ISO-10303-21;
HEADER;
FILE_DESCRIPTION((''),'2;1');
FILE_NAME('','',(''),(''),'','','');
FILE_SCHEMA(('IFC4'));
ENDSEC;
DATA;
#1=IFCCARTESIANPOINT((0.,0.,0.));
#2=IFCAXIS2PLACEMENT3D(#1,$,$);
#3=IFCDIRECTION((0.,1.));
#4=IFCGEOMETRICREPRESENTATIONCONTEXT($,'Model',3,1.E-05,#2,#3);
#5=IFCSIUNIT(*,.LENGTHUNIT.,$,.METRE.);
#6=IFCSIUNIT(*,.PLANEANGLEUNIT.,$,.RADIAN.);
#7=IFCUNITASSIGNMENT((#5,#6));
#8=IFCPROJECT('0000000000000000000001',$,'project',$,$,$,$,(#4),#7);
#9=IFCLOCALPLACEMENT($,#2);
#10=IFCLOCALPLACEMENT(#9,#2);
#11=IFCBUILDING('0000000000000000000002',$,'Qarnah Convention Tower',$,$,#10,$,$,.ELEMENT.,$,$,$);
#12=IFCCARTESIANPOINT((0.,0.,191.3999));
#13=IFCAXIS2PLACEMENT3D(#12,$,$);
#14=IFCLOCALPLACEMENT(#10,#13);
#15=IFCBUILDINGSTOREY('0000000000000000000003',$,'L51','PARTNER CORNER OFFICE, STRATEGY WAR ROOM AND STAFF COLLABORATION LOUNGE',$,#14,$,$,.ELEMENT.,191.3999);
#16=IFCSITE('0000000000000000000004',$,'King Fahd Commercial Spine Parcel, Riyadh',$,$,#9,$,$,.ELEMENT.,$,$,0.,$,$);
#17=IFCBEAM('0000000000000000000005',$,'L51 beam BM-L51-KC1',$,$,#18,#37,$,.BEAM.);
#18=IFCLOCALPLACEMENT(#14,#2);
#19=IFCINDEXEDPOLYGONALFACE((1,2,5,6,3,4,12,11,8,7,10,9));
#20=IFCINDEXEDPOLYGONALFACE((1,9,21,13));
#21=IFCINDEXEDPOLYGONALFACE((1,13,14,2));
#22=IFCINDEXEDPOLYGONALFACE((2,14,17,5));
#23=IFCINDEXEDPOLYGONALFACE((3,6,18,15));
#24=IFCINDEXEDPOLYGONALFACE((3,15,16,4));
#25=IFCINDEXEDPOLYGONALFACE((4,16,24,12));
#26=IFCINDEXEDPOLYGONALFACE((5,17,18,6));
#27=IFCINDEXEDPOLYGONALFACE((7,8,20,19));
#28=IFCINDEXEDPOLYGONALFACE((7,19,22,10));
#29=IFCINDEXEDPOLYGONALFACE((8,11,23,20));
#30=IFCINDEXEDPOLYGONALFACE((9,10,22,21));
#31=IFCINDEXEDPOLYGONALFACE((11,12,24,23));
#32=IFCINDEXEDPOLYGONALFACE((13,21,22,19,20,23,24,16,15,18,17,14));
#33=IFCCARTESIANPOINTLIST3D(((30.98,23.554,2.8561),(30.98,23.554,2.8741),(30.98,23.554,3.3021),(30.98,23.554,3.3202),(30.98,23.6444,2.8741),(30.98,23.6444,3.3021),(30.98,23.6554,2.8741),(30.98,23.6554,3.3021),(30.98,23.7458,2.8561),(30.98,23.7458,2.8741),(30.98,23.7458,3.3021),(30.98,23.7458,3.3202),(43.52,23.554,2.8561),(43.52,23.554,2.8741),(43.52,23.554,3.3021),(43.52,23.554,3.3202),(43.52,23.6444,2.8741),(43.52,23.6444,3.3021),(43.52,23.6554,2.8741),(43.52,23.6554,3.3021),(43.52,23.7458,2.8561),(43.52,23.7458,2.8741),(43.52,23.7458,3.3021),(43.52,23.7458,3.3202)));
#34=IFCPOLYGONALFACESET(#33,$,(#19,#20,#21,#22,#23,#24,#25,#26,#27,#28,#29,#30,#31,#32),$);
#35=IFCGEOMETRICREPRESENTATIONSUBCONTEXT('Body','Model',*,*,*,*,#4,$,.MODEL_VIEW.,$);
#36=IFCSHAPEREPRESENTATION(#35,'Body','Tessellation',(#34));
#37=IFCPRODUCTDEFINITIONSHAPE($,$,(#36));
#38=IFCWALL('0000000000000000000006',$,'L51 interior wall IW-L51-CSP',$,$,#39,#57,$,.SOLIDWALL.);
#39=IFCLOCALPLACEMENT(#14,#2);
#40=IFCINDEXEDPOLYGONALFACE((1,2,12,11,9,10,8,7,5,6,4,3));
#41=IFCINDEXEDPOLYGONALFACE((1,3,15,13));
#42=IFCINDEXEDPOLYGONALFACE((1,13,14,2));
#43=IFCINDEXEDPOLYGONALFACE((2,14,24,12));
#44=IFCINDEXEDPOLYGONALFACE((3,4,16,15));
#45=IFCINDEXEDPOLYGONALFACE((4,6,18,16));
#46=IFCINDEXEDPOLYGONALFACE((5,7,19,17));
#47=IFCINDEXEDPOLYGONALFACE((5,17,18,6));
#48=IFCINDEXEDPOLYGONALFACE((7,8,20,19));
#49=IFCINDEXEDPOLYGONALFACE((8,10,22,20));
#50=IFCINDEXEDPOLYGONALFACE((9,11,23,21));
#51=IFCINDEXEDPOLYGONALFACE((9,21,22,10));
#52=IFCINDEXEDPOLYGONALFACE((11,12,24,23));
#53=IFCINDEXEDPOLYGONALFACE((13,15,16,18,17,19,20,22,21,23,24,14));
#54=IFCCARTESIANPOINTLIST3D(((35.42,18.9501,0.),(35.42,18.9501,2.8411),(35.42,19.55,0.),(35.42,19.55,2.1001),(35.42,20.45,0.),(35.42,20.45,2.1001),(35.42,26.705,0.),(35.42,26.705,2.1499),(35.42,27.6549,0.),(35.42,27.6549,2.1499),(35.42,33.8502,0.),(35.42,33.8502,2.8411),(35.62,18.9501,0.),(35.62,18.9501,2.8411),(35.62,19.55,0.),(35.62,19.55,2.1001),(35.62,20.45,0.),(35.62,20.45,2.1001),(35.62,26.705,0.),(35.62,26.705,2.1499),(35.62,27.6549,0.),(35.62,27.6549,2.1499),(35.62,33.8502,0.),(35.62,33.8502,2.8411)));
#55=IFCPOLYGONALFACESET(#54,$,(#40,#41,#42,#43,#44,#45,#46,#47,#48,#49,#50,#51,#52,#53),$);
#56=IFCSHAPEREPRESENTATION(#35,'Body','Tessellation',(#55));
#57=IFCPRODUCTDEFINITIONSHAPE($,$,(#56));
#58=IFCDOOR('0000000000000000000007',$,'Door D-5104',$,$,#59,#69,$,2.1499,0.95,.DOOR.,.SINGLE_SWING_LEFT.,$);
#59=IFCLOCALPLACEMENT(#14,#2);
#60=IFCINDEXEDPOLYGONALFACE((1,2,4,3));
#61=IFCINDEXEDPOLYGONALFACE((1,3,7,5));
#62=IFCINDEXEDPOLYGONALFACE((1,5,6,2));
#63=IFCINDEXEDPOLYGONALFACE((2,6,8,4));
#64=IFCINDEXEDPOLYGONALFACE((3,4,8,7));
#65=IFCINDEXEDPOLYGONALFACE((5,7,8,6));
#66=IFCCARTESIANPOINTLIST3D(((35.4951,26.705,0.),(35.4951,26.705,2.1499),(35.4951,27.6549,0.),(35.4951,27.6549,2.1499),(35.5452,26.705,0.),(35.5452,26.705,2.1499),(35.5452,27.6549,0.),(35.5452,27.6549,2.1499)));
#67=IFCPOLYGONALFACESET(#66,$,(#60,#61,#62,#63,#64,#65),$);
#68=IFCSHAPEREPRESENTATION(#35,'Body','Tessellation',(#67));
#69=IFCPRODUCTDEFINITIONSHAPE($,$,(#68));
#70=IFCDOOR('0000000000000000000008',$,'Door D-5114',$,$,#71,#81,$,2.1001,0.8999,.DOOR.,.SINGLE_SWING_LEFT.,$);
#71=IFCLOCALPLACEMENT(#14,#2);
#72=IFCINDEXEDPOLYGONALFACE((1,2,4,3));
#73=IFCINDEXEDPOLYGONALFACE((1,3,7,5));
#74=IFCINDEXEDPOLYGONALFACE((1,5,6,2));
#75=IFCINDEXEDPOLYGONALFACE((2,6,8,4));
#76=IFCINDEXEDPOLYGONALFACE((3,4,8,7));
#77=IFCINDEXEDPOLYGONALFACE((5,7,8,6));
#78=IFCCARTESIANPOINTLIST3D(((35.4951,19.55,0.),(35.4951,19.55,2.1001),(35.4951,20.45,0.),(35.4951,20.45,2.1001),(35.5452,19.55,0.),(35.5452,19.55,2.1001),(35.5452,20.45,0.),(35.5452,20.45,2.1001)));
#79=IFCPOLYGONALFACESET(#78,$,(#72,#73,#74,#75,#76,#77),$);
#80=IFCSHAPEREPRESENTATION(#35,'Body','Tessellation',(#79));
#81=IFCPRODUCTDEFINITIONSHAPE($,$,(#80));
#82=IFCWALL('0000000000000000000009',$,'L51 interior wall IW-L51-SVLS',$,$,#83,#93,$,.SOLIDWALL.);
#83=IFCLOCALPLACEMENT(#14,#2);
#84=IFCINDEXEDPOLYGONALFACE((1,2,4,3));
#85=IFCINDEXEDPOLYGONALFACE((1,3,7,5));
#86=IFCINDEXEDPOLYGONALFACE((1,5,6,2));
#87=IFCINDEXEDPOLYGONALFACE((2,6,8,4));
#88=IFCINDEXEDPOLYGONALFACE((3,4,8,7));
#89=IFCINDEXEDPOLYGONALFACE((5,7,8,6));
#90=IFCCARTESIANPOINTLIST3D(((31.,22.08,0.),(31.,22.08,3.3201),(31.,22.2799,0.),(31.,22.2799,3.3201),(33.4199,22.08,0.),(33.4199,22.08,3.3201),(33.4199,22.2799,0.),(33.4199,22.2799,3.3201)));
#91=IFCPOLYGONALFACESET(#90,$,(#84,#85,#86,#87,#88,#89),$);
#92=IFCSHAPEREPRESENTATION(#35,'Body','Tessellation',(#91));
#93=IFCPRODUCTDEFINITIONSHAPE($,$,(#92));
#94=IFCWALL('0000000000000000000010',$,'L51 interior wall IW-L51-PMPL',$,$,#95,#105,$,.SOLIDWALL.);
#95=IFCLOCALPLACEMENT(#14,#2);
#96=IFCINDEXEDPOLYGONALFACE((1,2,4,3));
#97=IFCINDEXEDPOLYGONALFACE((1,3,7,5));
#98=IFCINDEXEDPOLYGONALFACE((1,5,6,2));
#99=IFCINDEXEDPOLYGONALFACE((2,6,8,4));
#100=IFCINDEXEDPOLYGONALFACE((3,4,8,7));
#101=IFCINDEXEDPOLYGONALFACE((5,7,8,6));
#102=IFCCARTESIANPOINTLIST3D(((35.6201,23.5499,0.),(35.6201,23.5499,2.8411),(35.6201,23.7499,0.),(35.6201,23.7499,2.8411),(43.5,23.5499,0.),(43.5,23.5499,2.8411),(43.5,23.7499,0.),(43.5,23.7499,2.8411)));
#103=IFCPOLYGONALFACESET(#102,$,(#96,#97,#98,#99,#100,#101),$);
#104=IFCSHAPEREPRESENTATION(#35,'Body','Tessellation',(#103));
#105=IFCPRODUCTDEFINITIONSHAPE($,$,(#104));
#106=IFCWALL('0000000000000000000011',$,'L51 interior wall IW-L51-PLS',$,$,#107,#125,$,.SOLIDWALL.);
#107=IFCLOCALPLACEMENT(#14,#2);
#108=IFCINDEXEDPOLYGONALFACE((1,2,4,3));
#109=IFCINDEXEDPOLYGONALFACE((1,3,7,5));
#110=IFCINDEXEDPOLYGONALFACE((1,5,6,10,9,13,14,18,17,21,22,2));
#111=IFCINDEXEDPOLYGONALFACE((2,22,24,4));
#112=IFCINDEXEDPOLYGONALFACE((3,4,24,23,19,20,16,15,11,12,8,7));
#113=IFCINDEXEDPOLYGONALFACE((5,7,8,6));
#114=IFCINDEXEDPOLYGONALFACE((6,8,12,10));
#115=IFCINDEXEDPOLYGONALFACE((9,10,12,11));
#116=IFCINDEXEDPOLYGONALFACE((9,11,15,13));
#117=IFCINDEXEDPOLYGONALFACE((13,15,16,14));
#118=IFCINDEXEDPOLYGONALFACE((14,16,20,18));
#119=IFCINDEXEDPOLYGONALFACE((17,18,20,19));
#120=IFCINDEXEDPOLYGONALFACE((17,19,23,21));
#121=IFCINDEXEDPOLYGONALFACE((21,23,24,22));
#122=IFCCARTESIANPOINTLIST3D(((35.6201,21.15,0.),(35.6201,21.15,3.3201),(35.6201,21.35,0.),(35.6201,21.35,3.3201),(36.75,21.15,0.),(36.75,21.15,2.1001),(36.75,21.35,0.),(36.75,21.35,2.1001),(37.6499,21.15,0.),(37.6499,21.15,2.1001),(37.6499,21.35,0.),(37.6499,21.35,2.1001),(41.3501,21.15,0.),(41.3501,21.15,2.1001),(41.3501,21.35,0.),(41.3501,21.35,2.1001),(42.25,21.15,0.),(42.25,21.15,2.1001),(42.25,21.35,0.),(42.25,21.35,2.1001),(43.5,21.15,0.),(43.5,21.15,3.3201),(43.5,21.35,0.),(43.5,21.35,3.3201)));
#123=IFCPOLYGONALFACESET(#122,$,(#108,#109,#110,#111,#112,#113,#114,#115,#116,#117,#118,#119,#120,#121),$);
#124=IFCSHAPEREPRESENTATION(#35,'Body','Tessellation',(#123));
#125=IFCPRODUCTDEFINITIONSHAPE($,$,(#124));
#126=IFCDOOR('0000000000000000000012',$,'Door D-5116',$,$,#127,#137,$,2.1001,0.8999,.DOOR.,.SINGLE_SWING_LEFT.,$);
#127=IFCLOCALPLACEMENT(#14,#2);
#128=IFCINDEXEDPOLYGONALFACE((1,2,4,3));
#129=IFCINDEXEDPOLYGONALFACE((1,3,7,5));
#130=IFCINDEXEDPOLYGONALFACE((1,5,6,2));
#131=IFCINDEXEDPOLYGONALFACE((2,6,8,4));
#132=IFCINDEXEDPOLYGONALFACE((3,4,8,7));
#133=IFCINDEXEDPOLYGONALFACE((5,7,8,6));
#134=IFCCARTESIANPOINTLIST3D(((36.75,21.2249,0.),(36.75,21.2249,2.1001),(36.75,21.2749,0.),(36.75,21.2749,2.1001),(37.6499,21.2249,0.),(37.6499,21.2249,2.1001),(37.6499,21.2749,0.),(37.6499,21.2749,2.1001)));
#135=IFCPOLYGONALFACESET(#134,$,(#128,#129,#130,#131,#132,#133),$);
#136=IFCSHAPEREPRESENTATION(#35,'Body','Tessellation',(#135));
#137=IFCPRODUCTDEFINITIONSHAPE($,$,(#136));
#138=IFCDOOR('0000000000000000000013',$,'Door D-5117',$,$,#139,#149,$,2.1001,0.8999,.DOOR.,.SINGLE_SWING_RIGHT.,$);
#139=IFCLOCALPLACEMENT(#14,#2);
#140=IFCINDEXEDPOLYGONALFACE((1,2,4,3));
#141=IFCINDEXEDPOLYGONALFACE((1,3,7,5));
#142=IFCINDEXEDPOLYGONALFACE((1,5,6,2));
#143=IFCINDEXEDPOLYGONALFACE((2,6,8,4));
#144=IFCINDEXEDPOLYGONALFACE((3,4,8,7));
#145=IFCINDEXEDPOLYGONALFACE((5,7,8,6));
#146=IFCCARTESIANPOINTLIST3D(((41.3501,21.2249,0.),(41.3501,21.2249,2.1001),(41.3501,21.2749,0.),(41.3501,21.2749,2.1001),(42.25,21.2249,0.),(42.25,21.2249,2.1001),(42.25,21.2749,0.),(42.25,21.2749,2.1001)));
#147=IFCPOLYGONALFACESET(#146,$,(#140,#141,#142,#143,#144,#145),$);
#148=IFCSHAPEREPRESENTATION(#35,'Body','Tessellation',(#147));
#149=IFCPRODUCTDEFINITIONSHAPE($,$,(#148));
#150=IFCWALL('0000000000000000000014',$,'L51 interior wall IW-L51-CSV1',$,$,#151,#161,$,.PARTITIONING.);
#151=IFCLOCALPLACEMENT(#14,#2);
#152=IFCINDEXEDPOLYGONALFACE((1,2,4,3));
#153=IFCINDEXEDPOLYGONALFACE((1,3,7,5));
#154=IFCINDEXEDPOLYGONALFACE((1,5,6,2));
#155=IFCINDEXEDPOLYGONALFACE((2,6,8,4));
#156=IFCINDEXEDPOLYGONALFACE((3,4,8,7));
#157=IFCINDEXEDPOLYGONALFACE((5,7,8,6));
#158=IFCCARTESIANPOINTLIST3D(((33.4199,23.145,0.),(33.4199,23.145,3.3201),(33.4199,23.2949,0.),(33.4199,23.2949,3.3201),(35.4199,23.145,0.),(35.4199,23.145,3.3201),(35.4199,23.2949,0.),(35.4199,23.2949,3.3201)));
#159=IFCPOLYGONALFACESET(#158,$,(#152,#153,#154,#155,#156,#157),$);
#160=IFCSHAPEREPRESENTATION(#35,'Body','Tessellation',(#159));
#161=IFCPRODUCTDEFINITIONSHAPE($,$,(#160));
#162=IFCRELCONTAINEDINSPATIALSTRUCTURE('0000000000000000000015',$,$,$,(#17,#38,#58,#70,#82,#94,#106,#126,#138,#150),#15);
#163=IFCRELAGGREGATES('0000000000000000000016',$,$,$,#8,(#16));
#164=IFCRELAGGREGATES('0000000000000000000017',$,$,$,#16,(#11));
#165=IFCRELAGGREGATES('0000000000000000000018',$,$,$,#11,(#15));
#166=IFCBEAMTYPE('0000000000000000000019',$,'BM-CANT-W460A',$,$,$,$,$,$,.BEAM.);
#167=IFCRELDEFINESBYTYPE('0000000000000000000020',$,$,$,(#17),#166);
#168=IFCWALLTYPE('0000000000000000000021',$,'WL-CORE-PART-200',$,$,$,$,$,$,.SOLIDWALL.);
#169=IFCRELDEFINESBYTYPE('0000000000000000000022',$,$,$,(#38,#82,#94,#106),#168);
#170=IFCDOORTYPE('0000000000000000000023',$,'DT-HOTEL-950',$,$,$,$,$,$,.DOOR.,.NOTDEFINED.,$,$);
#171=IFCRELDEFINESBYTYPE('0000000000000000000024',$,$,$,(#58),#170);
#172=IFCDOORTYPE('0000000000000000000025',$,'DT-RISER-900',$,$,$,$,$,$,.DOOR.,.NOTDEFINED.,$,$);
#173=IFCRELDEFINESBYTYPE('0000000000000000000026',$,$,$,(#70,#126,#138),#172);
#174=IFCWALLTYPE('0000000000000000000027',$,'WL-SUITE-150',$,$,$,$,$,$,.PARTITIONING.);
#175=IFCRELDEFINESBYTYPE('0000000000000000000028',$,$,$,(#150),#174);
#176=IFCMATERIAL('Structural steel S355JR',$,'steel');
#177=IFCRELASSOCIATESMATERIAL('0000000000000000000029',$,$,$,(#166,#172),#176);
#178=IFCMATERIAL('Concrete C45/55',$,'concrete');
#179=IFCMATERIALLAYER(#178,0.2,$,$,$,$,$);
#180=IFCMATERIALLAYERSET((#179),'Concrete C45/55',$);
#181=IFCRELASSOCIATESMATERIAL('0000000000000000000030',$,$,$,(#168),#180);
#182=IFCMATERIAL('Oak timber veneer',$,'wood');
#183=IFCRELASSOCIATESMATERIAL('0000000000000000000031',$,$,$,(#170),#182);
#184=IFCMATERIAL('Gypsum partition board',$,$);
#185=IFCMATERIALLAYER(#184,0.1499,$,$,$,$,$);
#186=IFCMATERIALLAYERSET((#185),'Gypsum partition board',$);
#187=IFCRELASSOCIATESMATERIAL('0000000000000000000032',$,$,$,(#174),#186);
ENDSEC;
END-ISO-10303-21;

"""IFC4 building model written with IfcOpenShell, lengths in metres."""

from ifc_helpers import new_model, si_unit, direction, frame, frame_2d, origin, origin_2d, place, context, subcontext, project, spatial, rectangle, i_section, extrude, material, layer, layer_set, material_profile, profile_set, type_object, element, fill, save


model = new_model("IFC4")

# Units and contexts
model_context = context("Model", 3, precision=1e-05, world=origin(), true_north=direction((0.0, 1.0)))
body_context = subcontext(model_context, "Body", "Model", "MODEL_VIEW")
ifc_project = project(units=[si_unit("LENGTHUNIT", "METRE"), si_unit("PLANEANGLEUNIT", "RADIAN")], contexts=[model_context])

# Site, building, storey
site_placement = place(None, origin())
site = spatial("IfcSite", under=ifc_project, at=site_placement, Name="King Fahd Commercial Spine Parcel, Riyadh", CompositionType="ELEMENT", RefElevation=0.0)
building_placement = place(site_placement, origin())
building = spatial("IfcBuilding", under=site, at=building_placement, Name="Qarnah Convention Tower", CompositionType="ELEMENT")
storey_placement = place(building_placement, frame((0.0, 0.0, 191.3999)))
storey = spatial("IfcBuildingStorey", under=building, at=storey_placement, Name="L51", Description="PARTNER CORNER OFFICE, STRATEGY WAR ROOM AND STAFF COLLABORATION LOUNGE", CompositionType="ELEMENT", Elevation=191.3999)

# Beam
ifc_material_1 = material(Name="Structural steel S355JR", Category="steel")
ifc_material_profile = material_profile(ifc_material_1, i_section(OverallWidth=0.1919, OverallDepth=0.4641, WebThickness=0.011, FlangeThickness=0.0181, at=origin_2d()), Name="W460X89")
ifc_profile_set = profile_set([ifc_material_profile], Name="Structural steel S355JR")
beam_type = type_object("IfcBeamType", Name="BM-CANT-W460A", PredefinedType="BEAM", material=ifc_profile_set)
beam_placement = place(storey_placement, frame((30.98, 23.6499, 3.0881), z_axis=(1.0, 0.0, 0.0), x_axis=(0.0, 1.0, 0.0)))
element("IfcBeam", 1, at=beam_placement, inside=storey, type_object=beam_type, Name="L51 beam BM-L51-KC1", PredefinedType="BEAM", context=body_context, shape_type="SweptSolid", body=[
    extrude(i_section(OverallWidth=0.1919, OverallDepth=0.4641, WebThickness=0.011, FlangeThickness=0.0181, at=origin_2d()), origin(), (0.0, 0.0, 1.0), 12.54),
])

# Wall, openings, doors
ifc_material_2 = material(Name="Concrete C45/55", Category="concrete")
ifc_layer_1 = layer(ifc_material_2, 0.2)
ifc_layer_set_1 = layer_set([ifc_layer_1], Name="Concrete C45/55")
wall_type_1 = type_object("IfcWallType", Name="WL-CORE-PART-200", PredefinedType="SOLIDWALL", material=ifc_layer_set_1)
wall_1_placement = place(storey_placement, frame((35.52, 18.95, 0.0), z_axis=(0.0, 0.0, 1.0), x_axis=(0.0, 1.0, 0.0)))
wall_1 = element("IfcWall", 2, at=wall_1_placement, inside=storey, type_object=wall_type_1, Name="L51 interior wall IW-L51-CSP", PredefinedType="SOLIDWALL", context=body_context, shape_type="SweptSolid", body=[
    extrude(rectangle(XDim=14.9001, YDim=0.2, at=frame_2d((7.4502, 0.0))), origin(), (0.0, 0.0, 1.0), 2.8411),
])
opening_1_placement = place(wall_1_placement, frame((7.7549, 0.0, 0.0)))
opening_1 = element("IfcOpeningElement", 3, at=opening_1_placement, cuts=wall_1, PredefinedType="OPENING", context=body_context, shape_type="SweptSolid", body=[
    extrude(rectangle(XDim=0.95, YDim=2.1499, at=frame_2d((0.4751, 1.075))), frame((0.0, 0.1099, 0.0), z_axis=(0.0, -1.0, 0.0), x_axis=(1.0, 0.0, 0.0)), (0.0, 0.0, 1.0), 0.22),
])
opening_2_placement = place(wall_1_placement, frame((0.6001, 0.0, 0.0)))
opening_2 = element("IfcOpeningElement", 4, at=opening_2_placement, cuts=wall_1, PredefinedType="OPENING", context=body_context, shape_type="SweptSolid", body=[
    extrude(rectangle(XDim=0.8999, YDim=2.1001, at=frame_2d((0.45, 1.05))), frame((0.0, 0.1099, 0.0), z_axis=(0.0, -1.0, 0.0), x_axis=(1.0, 0.0, 0.0)), (0.0, 0.0, 1.0), 0.22),
])
ifc_material_3 = material(Name="Oak timber veneer", Category="wood")
door_type_1 = type_object("IfcDoorType", Name="DT-HOTEL-950", OperationType="NOTDEFINED", PredefinedType="DOOR", material=ifc_material_3)
door_1_placement = place(opening_1_placement, origin())
door_1 = element("IfcDoor", 5, at=door_1_placement, inside=storey, type_object=door_type_1, Name="Door D-5104", OperationType="SINGLE_SWING_LEFT", OverallHeight=2.1499, OverallWidth=0.95, PredefinedType="DOOR", context=body_context, shape_type="SweptSolid", body=[
    extrude(rectangle(XDim=0.95, YDim=2.1499, at=frame_2d((0.4751, 1.075))), frame((0.0, 0.0249, 0.0), z_axis=(0.0, -1.0, 0.0), x_axis=(1.0, 0.0, 0.0)), (0.0, 0.0, 1.0), 0.05),
])
fill(opening_1, door_1)
door_type_2 = type_object("IfcDoorType", Name="DT-RISER-900", OperationType="NOTDEFINED", PredefinedType="DOOR", material=ifc_material_1)
door_2_placement = place(opening_2_placement, origin())
door_2 = element("IfcDoor", 6, at=door_2_placement, inside=storey, type_object=door_type_2, Name="Door D-5114", OperationType="SINGLE_SWING_LEFT", OverallHeight=2.1001, OverallWidth=0.8999, PredefinedType="DOOR", context=body_context, shape_type="SweptSolid", body=[
    extrude(rectangle(XDim=0.8999, YDim=2.1001, at=frame_2d((0.45, 1.05))), frame((0.0, 0.0249, 0.0), z_axis=(0.0, -1.0, 0.0), x_axis=(1.0, 0.0, 0.0)), (0.0, 0.0, 1.0), 0.05),
])
fill(opening_2, door_2)

# Walls
wall_2_placement = place(storey_placement, frame((31.0, 22.1799, 0.0), z_axis=(0.0, 0.0, 1.0), x_axis=(1.0, 0.0, 0.0)))
element("IfcWall", 7, at=wall_2_placement, inside=storey, type_object=wall_type_1, Name="L51 interior wall IW-L51-SVLS", PredefinedType="SOLIDWALL", context=body_context, shape_type="SweptSolid", body=[
    extrude(rectangle(XDim=2.4199, YDim=0.2, at=frame_2d((1.21, 0.0))), origin(), (0.0, 0.0, 1.0), 3.3201),
])
wall_3_placement = place(storey_placement, frame((35.6201, 23.6499, 0.0), z_axis=(0.0, 0.0, 1.0), x_axis=(1.0, 0.0, 0.0)))
element("IfcWall", 8, at=wall_3_placement, inside=storey, type_object=wall_type_1, Name="L51 interior wall IW-L51-PMPL", PredefinedType="SOLIDWALL", context=body_context, shape_type="SweptSolid", body=[
    extrude(rectangle(XDim=7.8799, YDim=0.2, at=frame_2d((3.9399, 0.0))), origin(), (0.0, 0.0, 1.0), 2.8411),
])

# Wall, openings, doors
wall_4_placement = place(storey_placement, frame((35.6201, 21.25, 0.0), z_axis=(0.0, 0.0, 1.0), x_axis=(1.0, 0.0, 0.0)))
wall_4 = element("IfcWall", 9, at=wall_4_placement, inside=storey, type_object=wall_type_1, Name="L51 interior wall IW-L51-PLS", PredefinedType="SOLIDWALL", context=body_context, shape_type="SweptSolid", body=[
    extrude(rectangle(XDim=7.8799, YDim=0.2, at=frame_2d((3.9399, 0.0))), origin(), (0.0, 0.0, 1.0), 3.3201),
])
opening_3_placement = place(wall_4_placement, frame((1.1299, 0.0, 0.0)))
opening_3 = element("IfcOpeningElement", 10, at=opening_3_placement, cuts=wall_4, PredefinedType="OPENING", context=body_context, shape_type="SweptSolid", body=[
    extrude(rectangle(XDim=0.8999, YDim=2.1001, at=frame_2d((0.45, 1.05))), frame((0.0, 0.1099, 0.0), z_axis=(0.0, -1.0, 0.0), x_axis=(1.0, 0.0, 0.0)), (0.0, 0.0, 1.0), 0.22),
])
opening_4_placement = place(wall_4_placement, frame((5.73, 0.0, 0.0)))
opening_4 = element("IfcOpeningElement", 11, at=opening_4_placement, cuts=wall_4, PredefinedType="OPENING", context=body_context, shape_type="SweptSolid", body=[
    extrude(rectangle(XDim=0.8999, YDim=2.1001, at=frame_2d((0.45, 1.05))), frame((0.0, 0.1099, 0.0), z_axis=(0.0, -1.0, 0.0), x_axis=(1.0, 0.0, 0.0)), (0.0, 0.0, 1.0), 0.22),
])
door_3_placement = place(opening_3_placement, origin())
door_3 = element("IfcDoor", 12, at=door_3_placement, inside=storey, type_object=door_type_2, Name="Door D-5116", OperationType="SINGLE_SWING_LEFT", OverallHeight=2.1001, OverallWidth=0.8999, PredefinedType="DOOR", context=body_context, shape_type="SweptSolid", body=[
    extrude(rectangle(XDim=0.8999, YDim=2.1001, at=frame_2d((0.45, 1.05))), frame((0.0, 0.0249, 0.0), z_axis=(0.0, -1.0, 0.0), x_axis=(1.0, 0.0, 0.0)), (0.0, 0.0, 1.0), 0.05),
])
fill(opening_3, door_3)
door_4_placement = place(opening_4_placement, origin())
door_4 = element("IfcDoor", 13, at=door_4_placement, inside=storey, type_object=door_type_2, Name="Door D-5117", OperationType="SINGLE_SWING_RIGHT", OverallHeight=2.1001, OverallWidth=0.8999, PredefinedType="DOOR", context=body_context, shape_type="SweptSolid", body=[
    extrude(rectangle(XDim=0.8999, YDim=2.1001, at=frame_2d((0.45, 1.05))), frame((0.0, 0.0249, 0.0), z_axis=(0.0, -1.0, 0.0), x_axis=(1.0, 0.0, 0.0)), (0.0, 0.0, 1.0), 0.05),
])
fill(opening_4, door_4)

# Wall
ifc_material_4 = material(Name="Gypsum partition board")
ifc_layer_2 = layer(ifc_material_4, 0.1499)
ifc_layer_set_2 = layer_set([ifc_layer_2], Name="Gypsum partition board")
wall_type_2 = type_object("IfcWallType", Name="WL-SUITE-150", PredefinedType="PARTITIONING", material=ifc_layer_set_2)
wall_5_placement = place(storey_placement, frame((33.4199, 23.22, 0.0), z_axis=(0.0, 0.0, 1.0), x_axis=(1.0, 0.0, 0.0)))
element("IfcWall", 14, at=wall_5_placement, inside=storey, type_object=wall_type_2, Name="L51 interior wall IW-L51-CSV1", PredefinedType="PARTITIONING", context=body_context, shape_type="SweptSolid", body=[
    extrude(rectangle(XDim=2.0, YDim=0.1499, at=frame_2d((1.0, 0.0))), origin(), (0.0, 0.0, 1.0), 3.3201),
])

save(model, "model.ifc")
